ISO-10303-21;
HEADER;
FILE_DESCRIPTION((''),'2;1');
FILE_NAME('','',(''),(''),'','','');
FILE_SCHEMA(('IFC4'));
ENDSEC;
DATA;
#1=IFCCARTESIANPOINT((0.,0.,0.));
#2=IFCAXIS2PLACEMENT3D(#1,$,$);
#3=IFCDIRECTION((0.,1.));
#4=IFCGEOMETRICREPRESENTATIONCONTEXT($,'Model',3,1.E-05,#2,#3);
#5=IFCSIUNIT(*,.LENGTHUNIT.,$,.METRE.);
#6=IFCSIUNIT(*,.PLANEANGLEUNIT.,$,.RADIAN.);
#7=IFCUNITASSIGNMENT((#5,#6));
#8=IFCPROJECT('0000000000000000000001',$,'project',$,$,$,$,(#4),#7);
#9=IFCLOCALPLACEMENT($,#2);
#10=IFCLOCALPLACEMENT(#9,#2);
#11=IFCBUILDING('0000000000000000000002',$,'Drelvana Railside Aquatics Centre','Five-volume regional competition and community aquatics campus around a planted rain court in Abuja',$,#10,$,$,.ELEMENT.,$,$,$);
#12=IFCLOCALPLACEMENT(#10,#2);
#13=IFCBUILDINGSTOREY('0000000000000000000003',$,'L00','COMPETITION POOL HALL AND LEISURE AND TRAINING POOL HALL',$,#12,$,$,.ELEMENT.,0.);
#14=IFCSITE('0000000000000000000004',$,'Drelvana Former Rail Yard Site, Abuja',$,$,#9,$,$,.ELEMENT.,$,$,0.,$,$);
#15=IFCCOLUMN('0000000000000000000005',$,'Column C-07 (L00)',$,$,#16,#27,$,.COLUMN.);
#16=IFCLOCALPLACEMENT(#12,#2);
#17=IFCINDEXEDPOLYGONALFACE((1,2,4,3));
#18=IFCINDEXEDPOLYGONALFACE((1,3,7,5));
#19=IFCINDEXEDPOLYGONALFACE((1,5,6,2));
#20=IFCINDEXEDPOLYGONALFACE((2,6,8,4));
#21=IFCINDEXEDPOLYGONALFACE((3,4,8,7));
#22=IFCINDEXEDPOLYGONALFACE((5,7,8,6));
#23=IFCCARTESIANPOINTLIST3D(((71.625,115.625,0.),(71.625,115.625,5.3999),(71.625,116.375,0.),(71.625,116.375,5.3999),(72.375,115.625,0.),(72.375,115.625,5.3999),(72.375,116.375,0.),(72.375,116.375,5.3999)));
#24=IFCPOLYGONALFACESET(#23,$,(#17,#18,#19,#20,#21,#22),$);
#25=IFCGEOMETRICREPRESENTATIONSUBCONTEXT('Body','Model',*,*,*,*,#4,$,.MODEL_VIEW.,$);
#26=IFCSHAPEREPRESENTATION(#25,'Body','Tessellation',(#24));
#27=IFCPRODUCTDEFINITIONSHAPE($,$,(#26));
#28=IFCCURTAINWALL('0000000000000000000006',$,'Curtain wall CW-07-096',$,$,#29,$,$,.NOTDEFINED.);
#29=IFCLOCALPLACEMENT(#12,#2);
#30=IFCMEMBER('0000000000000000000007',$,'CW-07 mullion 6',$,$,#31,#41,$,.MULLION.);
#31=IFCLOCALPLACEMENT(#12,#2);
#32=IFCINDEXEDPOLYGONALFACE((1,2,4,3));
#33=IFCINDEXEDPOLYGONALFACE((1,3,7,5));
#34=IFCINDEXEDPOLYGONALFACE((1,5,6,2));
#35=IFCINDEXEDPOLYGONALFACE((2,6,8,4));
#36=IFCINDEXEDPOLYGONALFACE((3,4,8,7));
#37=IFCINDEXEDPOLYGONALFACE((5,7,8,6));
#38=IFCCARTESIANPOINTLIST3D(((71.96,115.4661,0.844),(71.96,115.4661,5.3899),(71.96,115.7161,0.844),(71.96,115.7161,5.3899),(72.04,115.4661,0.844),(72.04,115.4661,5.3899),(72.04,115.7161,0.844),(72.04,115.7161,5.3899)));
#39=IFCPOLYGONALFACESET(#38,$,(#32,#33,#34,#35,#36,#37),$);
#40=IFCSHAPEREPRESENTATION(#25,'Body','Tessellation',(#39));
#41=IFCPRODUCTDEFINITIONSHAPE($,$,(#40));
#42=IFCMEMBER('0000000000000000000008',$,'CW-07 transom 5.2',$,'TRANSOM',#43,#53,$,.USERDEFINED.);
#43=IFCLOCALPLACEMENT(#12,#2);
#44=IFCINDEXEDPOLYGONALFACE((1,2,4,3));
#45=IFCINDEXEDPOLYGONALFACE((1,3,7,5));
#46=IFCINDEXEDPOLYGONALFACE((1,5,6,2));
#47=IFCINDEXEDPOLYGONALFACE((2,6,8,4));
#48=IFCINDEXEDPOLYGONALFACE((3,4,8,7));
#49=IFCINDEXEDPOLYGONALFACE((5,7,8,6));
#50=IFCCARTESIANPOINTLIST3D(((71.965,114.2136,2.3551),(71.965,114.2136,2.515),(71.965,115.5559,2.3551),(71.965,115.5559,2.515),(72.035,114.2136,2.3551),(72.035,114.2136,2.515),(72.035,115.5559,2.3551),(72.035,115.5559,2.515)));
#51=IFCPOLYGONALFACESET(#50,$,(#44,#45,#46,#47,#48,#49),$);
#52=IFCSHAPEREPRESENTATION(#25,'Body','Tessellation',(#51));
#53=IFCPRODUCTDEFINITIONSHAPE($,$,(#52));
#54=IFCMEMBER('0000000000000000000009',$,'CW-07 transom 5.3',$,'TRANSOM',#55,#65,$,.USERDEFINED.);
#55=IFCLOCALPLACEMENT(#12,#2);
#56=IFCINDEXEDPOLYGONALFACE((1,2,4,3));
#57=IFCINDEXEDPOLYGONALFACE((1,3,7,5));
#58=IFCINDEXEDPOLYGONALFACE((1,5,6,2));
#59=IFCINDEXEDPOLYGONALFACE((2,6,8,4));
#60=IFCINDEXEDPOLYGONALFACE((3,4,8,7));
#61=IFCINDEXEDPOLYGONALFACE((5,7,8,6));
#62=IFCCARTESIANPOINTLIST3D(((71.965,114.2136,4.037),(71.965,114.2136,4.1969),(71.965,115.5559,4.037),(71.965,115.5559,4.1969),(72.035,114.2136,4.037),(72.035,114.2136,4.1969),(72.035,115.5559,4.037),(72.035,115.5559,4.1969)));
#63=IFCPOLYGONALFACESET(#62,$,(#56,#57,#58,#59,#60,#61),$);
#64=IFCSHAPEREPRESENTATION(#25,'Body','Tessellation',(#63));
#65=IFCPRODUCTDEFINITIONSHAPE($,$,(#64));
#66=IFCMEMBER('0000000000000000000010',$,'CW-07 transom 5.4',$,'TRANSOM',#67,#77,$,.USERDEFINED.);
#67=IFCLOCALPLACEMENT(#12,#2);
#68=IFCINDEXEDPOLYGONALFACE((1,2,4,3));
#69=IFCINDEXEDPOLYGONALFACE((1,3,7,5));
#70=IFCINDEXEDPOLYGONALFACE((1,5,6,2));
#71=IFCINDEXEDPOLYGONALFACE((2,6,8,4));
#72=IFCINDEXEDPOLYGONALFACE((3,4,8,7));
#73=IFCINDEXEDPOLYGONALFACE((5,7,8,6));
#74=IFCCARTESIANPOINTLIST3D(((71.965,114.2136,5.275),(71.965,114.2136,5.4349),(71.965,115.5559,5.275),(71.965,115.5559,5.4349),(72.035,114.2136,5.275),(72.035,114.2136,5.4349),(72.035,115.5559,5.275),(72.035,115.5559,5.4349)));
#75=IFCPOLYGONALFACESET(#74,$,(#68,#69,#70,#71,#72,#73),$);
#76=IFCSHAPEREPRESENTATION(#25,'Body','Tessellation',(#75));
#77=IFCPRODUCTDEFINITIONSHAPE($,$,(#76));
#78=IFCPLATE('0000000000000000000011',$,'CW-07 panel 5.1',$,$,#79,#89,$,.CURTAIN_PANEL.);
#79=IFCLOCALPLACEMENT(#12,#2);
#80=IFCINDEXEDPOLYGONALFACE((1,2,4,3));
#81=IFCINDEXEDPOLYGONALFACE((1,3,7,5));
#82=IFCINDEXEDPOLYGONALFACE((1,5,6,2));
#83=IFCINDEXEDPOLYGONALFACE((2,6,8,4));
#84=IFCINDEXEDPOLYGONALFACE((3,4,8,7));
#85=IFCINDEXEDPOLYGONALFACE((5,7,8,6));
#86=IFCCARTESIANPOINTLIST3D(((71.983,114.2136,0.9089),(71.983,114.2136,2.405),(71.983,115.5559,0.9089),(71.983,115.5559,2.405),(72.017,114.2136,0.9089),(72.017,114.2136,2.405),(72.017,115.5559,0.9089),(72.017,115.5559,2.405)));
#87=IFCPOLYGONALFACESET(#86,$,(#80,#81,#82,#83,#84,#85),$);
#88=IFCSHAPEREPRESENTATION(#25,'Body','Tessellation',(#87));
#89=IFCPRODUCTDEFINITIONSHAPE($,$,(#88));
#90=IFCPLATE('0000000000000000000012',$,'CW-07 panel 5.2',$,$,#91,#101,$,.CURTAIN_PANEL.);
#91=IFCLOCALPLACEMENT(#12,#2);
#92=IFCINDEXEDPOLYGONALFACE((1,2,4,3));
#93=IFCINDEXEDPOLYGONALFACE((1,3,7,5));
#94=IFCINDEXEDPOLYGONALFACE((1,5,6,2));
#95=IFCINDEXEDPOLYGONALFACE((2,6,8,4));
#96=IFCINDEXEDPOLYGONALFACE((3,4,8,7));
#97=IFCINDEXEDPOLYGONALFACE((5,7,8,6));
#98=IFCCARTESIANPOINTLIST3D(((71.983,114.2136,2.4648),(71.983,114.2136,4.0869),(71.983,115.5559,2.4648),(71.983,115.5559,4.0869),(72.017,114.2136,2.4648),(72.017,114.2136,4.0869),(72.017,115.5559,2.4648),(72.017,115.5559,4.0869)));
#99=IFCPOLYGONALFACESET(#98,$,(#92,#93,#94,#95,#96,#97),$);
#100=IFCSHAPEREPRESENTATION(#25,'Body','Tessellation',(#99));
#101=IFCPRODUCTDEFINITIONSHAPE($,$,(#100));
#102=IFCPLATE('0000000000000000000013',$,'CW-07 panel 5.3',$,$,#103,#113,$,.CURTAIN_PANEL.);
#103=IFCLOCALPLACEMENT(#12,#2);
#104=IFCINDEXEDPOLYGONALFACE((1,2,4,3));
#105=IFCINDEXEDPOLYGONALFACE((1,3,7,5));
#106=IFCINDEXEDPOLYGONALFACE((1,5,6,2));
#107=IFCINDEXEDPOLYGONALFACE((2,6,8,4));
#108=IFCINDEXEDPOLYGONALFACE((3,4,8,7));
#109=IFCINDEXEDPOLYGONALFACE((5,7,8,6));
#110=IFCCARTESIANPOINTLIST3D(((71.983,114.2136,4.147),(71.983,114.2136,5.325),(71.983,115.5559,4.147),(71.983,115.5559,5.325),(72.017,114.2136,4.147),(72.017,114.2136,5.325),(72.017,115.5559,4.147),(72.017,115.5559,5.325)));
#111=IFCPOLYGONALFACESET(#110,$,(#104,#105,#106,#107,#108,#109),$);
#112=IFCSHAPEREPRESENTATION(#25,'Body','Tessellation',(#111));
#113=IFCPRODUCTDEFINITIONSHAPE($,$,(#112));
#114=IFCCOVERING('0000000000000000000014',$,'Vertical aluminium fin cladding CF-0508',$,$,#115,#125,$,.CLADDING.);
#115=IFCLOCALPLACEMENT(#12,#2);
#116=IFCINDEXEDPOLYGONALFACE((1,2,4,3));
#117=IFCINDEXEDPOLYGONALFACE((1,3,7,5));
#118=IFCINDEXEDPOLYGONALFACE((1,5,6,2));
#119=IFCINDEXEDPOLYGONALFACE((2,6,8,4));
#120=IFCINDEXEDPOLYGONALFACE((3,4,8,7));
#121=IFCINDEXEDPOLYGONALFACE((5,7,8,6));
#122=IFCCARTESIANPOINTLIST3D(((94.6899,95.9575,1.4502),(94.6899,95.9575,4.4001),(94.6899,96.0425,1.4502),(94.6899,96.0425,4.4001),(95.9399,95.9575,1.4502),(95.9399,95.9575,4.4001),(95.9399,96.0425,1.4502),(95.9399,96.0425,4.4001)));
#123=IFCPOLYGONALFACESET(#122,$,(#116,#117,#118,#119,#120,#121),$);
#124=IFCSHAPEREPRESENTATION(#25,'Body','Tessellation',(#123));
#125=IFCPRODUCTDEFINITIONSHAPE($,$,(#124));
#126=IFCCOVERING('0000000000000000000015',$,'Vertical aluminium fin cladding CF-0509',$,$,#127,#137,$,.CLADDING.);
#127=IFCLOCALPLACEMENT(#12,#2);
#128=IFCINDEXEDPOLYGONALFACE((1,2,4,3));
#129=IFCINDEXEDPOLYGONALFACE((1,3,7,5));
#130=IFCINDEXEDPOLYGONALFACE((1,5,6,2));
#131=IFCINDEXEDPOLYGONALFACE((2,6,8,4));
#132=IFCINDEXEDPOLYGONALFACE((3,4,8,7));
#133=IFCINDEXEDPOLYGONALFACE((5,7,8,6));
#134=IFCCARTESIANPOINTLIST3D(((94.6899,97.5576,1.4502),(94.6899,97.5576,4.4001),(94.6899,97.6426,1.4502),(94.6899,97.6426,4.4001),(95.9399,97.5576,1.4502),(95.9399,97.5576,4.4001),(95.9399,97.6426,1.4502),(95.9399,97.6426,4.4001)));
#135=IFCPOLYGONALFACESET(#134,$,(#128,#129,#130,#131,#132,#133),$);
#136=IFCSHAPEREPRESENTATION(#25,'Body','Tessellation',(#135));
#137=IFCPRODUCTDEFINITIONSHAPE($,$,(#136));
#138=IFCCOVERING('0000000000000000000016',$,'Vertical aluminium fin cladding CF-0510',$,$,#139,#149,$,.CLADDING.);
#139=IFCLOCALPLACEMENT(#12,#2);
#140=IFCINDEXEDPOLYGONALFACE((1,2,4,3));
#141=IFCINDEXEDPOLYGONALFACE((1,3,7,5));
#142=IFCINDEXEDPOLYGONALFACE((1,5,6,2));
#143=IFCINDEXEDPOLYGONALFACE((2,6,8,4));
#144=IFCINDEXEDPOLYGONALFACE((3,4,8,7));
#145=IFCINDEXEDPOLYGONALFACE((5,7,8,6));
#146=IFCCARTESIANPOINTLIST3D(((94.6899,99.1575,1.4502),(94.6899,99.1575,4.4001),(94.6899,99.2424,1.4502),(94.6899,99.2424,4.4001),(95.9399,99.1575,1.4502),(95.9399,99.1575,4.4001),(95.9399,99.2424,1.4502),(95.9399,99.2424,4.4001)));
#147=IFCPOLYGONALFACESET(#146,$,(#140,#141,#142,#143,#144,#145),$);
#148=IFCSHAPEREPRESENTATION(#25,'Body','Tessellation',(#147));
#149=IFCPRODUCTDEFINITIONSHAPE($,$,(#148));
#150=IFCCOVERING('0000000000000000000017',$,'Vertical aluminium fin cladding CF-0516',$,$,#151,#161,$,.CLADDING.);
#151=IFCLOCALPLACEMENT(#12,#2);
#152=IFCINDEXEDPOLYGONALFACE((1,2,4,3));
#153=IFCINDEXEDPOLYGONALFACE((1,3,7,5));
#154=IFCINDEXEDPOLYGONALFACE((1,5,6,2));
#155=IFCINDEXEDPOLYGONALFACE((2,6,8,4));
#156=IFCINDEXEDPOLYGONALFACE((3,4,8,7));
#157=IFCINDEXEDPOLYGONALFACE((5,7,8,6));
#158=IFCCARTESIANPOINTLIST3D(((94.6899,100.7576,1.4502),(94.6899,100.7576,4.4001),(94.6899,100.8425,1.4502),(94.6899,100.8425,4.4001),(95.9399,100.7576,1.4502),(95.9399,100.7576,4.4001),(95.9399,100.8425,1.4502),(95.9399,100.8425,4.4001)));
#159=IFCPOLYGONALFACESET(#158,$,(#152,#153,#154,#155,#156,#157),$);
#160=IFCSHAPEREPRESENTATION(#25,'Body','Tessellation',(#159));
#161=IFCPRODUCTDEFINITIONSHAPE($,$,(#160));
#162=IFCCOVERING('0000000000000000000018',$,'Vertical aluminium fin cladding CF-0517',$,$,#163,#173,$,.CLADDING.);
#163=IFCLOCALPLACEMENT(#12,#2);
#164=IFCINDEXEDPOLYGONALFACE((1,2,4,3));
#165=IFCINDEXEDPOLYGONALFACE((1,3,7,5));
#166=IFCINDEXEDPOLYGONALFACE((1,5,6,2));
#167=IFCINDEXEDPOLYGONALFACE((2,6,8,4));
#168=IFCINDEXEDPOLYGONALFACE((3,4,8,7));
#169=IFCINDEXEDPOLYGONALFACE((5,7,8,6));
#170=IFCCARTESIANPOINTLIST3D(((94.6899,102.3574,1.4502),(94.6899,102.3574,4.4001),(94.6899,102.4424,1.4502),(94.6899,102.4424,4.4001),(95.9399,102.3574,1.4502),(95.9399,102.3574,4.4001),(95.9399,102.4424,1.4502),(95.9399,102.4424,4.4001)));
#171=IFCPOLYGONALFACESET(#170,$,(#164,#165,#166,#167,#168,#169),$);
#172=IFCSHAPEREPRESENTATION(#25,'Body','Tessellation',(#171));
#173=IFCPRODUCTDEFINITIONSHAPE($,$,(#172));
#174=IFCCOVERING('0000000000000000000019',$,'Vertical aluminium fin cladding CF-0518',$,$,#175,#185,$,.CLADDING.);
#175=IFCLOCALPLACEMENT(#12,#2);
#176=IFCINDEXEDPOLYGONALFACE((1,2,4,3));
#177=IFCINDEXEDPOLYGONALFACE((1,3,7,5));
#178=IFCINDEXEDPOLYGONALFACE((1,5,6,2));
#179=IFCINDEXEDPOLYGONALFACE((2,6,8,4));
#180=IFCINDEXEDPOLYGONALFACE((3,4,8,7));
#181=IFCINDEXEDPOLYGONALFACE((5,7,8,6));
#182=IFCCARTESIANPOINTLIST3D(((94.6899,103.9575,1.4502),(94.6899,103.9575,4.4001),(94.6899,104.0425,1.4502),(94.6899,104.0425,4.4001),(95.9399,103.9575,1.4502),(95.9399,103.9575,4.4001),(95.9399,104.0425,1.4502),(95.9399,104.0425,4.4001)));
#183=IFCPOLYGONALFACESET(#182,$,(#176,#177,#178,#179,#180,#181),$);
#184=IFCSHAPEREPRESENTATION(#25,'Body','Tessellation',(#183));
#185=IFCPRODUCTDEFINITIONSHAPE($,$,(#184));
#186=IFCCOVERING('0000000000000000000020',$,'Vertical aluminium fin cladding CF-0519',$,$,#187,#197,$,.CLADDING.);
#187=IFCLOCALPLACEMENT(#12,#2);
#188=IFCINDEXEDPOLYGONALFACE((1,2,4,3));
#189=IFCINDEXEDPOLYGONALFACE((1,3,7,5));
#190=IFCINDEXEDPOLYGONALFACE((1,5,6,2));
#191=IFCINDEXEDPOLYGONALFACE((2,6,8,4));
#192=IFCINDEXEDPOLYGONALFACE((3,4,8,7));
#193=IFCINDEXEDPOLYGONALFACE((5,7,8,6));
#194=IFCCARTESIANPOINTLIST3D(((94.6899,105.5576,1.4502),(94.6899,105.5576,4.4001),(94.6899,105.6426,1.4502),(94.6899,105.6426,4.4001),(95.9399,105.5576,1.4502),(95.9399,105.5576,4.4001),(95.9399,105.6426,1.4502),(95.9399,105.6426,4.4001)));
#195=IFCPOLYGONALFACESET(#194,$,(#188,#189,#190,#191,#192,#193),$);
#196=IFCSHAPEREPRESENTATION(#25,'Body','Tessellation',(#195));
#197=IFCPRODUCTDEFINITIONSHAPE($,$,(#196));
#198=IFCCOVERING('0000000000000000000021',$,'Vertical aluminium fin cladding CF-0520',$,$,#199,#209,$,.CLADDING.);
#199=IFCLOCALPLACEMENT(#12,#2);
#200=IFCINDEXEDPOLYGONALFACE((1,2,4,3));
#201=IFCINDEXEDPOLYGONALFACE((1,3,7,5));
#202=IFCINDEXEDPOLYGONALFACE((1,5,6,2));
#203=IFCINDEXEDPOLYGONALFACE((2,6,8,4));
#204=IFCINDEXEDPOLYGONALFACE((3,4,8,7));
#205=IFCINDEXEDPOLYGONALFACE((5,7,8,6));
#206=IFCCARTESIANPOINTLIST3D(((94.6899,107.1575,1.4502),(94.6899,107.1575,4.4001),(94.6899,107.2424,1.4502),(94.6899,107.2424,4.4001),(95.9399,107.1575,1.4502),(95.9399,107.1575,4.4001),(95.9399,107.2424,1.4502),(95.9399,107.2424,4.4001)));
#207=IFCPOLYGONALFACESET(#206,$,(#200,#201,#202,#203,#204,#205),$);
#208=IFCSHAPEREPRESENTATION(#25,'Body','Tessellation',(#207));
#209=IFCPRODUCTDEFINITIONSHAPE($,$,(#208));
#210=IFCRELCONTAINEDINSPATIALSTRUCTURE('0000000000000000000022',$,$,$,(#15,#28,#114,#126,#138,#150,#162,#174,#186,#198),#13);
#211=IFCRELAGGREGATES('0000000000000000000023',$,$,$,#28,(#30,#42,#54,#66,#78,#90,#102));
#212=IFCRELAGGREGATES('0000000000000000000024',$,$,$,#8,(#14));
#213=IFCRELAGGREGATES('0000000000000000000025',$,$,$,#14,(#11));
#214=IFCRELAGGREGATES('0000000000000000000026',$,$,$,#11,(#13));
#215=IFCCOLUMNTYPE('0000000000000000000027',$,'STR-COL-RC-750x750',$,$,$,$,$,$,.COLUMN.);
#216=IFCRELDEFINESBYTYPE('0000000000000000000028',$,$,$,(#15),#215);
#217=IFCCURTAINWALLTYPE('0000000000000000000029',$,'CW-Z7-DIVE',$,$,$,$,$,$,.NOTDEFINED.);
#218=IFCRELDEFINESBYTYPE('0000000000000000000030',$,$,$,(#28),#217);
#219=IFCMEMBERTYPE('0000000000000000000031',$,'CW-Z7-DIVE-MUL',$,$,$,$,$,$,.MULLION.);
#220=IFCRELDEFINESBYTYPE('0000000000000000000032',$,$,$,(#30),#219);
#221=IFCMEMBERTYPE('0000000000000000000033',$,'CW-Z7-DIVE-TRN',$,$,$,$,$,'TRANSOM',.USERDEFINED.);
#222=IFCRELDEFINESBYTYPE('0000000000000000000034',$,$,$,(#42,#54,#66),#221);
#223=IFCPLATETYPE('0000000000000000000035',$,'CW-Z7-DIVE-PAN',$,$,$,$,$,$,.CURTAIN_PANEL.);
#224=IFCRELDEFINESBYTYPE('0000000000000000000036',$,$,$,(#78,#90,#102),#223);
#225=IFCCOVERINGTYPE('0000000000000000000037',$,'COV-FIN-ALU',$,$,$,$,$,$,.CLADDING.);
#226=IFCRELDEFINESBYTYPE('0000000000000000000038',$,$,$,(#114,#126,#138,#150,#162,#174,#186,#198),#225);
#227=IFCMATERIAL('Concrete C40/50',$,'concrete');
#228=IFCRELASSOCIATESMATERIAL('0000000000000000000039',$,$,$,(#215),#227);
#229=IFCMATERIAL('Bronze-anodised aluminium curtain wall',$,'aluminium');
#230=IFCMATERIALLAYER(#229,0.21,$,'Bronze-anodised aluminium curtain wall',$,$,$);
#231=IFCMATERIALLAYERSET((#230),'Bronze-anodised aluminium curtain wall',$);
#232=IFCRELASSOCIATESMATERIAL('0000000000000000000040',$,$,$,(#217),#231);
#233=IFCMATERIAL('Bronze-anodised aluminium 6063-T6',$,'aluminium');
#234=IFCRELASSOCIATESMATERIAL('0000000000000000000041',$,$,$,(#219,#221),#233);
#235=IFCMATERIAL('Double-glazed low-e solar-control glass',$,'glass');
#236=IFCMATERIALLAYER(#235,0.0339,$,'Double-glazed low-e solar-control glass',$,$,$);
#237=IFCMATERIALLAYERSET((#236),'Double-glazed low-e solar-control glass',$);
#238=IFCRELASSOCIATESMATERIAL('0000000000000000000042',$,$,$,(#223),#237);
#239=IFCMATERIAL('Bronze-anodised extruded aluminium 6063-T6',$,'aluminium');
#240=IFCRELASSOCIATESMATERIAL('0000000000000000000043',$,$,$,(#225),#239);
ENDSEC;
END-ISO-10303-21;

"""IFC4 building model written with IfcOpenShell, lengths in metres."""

from ifc_helpers import new_model, si_unit, direction, frame, origin, origin_2d, place, context, subcontext, project, spatial, rectangle, extrude, material, layer, layer_set, material_profile, profile_set, type_object, element, aggregate, save


model = new_model("IFC4")

# Units and contexts
model_context = context("Model", 3, precision=1e-05, world=origin(), true_north=direction((0.0, 1.0)))
body_context = subcontext(model_context, "Body", "Model", "MODEL_VIEW")
ifc_project = project(units=[si_unit("LENGTHUNIT", "METRE"), si_unit("PLANEANGLEUNIT", "RADIAN")], contexts=[model_context])

# Site, building, storey
site_placement = place(None, origin())
site = spatial("IfcSite", under=ifc_project, at=site_placement, Name="Drelvana Former Rail Yard Site, Abuja", CompositionType="ELEMENT", RefElevation=0.0)
building_placement = place(site_placement, origin())
building = spatial("IfcBuilding", under=site, at=building_placement, Name="Drelvana Railside Aquatics Centre", Description="Five-volume regional competition and community aquatics campus around a planted rain court in Abuja", CompositionType="ELEMENT")
storey_placement = place(building_placement, origin())
storey = spatial("IfcBuildingStorey", under=building, at=storey_placement, Name="L00", Description="COMPETITION POOL HALL AND LEISURE AND TRAINING POOL HALL", CompositionType="ELEMENT", Elevation=0.0)

# Column
ifc_material_1 = material(Name="Concrete C40/50", Category="concrete")
ifc_material_profile_1 = material_profile(ifc_material_1, rectangle(XDim=0.75, YDim=0.75, at=origin_2d()), Name="RC 750x750")
ifc_profile_set_1 = profile_set([ifc_material_profile_1], Name="Concrete C40/50")
column_type = type_object("IfcColumnType", Name="STR-COL-RC-750x750", PredefinedType="COLUMN", material=ifc_profile_set_1)
column_placement = place(storey_placement, frame((72.0, 116.0, 0.0), z_axis=(0.0, 0.0, 1.0), x_axis=(1.0, 0.0, 0.0)))
element("IfcColumn", 1, at=column_placement, inside=storey, type_object=column_type, Name="Column C-07 (L00)", PredefinedType="COLUMN", context=body_context, shape_type="SweptSolid", body=[
    extrude(rectangle(XDim=0.75, YDim=0.75, at=origin_2d()), origin(), (0.0, 0.0, 1.0), 5.3999),
])

# Curtain wall, members, plates
ifc_material_2 = material(Name="Bronze-anodised aluminium curtain wall", Category="aluminium")
ifc_layer_1 = layer(ifc_material_2, 0.21, Name="Bronze-anodised aluminium curtain wall")
ifc_layer_set_1 = layer_set([ifc_layer_1], Name="Bronze-anodised aluminium curtain wall")
curtain_wall_type = type_object("IfcCurtainWallType", Name="CW-Z7-DIVE", PredefinedType="NOTDEFINED", material=ifc_layer_set_1)
curtain_wall_placement = place(storey_placement, origin())
curtain_wall = element("IfcCurtainWall", 2, at=curtain_wall_placement, inside=storey, type_object=curtain_wall_type, Name="Curtain wall CW-07-096", PredefinedType="NOTDEFINED")
ifc_material_3 = material(Name="Bronze-anodised aluminium 6063-T6", Category="aluminium")
ifc_material_profile_2 = material_profile(ifc_material_3, rectangle(XDim=0.0801, YDim=0.25, at=origin_2d()), Name="ALU-M 80x250")
ifc_profile_set_2 = profile_set([ifc_material_profile_2], Name="Bronze-anodised aluminium 6063-T6")
member_type_1 = type_object("IfcMemberType", Name="CW-Z7-DIVE-MUL", PredefinedType="MULLION", material=ifc_profile_set_2)
member_1_placement = place(storey_placement, frame((72.0, 115.5911, 0.844), z_axis=(0.0, 0.0, 1.0), x_axis=(-1.0, 0.0, 0.0)))
member_1 = element("IfcMember", 3, at=member_1_placement, type_object=member_type_1, Name="CW-07 mullion 6", PredefinedType="MULLION", context=body_context, shape_type="SweptSolid", body=[
    extrude(rectangle(XDim=0.0801, YDim=0.25, at=origin_2d()), origin(), (0.0, 0.0, 1.0), 4.5459),
])
ifc_material_profile_3 = material_profile(ifc_material_3, rectangle(XDim=0.1599, YDim=0.0701, at=origin_2d()), Name="ALU-T 70x160")
ifc_profile_set_3 = profile_set([ifc_material_profile_3], Name="Bronze-anodised aluminium 6063-T6")
member_type_2 = type_object("IfcMemberType", Name="CW-Z7-DIVE-TRN", ElementType="TRANSOM", PredefinedType="USERDEFINED", material=ifc_profile_set_3)
member_2_placement = place(storey_placement, frame((72.0, 114.2136, 2.4351), z_axis=(0.0, 1.0, 0.0), x_axis=(0.0, 0.0, 1.0)))
member_2 = element("IfcMember", 4, at=member_2_placement, type_object=member_type_2, Name="CW-07 transom 5.2", ObjectType="TRANSOM", PredefinedType="USERDEFINED", context=body_context, shape_type="SweptSolid", body=[
    extrude(rectangle(XDim=0.1599, YDim=0.0701, at=origin_2d()), origin(), (0.0, 0.0, 1.0), 1.3423),
])
member_3_placement = place(storey_placement, frame((72.0, 114.2136, 4.1169), z_axis=(0.0, 1.0, 0.0), x_axis=(0.0, 0.0, 1.0)))
member_3 = element("IfcMember", 5, at=member_3_placement, type_object=member_type_2, Name="CW-07 transom 5.3", ObjectType="TRANSOM", PredefinedType="USERDEFINED", context=body_context, shape_type="SweptSolid", body=[
    extrude(rectangle(XDim=0.1599, YDim=0.0701, at=origin_2d()), origin(), (0.0, 0.0, 1.0), 1.3423),
])
member_4_placement = place(storey_placement, frame((72.0, 114.2136, 5.355), z_axis=(0.0, 1.0, 0.0), x_axis=(0.0, 0.0, 1.0)))
member_4 = element("IfcMember", 6, at=member_4_placement, type_object=member_type_2, Name="CW-07 transom 5.4", ObjectType="TRANSOM", PredefinedType="USERDEFINED", context=body_context, shape_type="SweptSolid", body=[
    extrude(rectangle(XDim=0.1599, YDim=0.0701, at=origin_2d()), origin(), (0.0, 0.0, 1.0), 1.3423),
])
ifc_material_4 = material(Name="Double-glazed low-e solar-control glass", Category="glass")
ifc_layer_2 = layer(ifc_material_4, 0.0339, Name="Double-glazed low-e solar-control glass")
ifc_layer_set_2 = layer_set([ifc_layer_2], Name="Double-glazed low-e solar-control glass")
plate_type = type_object("IfcPlateType", Name="CW-Z7-DIVE-PAN", PredefinedType="CURTAIN_PANEL", material=ifc_layer_set_2)
plate_1_placement = place(storey_placement, frame((72.0, 114.8848, 0.9089), z_axis=(0.0, 0.0, 1.0), x_axis=(0.0, 1.0, 0.0)))
plate_1 = element("IfcPlate", 7, at=plate_1_placement, type_object=plate_type, Name="CW-07 panel 5.1", PredefinedType="CURTAIN_PANEL", context=body_context, shape_type="SweptSolid", body=[
    extrude(rectangle(XDim=1.3423, YDim=0.0339, at=origin_2d()), origin(), (0.0, 0.0, 1.0), 1.4961),
])
plate_2_placement = place(storey_placement, frame((72.0, 114.8848, 2.4648), z_axis=(0.0, 0.0, 1.0), x_axis=(0.0, 1.0, 0.0)))
plate_2 = element("IfcPlate", 8, at=plate_2_placement, type_object=plate_type, Name="CW-07 panel 5.2", PredefinedType="CURTAIN_PANEL", context=body_context, shape_type="SweptSolid", body=[
    extrude(rectangle(XDim=1.3423, YDim=0.0339, at=origin_2d()), origin(), (0.0, 0.0, 1.0), 1.6221),
])
plate_3_placement = place(storey_placement, frame((72.0, 114.8848, 4.147), z_axis=(0.0, 0.0, 1.0), x_axis=(0.0, 1.0, 0.0)))
plate_3 = element("IfcPlate", 9, at=plate_3_placement, type_object=plate_type, Name="CW-07 panel 5.3", PredefinedType="CURTAIN_PANEL", context=body_context, shape_type="SweptSolid", body=[
    extrude(rectangle(XDim=1.3423, YDim=0.0339, at=origin_2d()), origin(), (0.0, 0.0, 1.0), 1.178),
])
aggregate(curtain_wall, [member_1, member_2, member_3, member_4, plate_1, plate_2, plate_3])

# Coverings
ifc_material_5 = material(Name="Bronze-anodised extruded aluminium 6063-T6", Category="aluminium")
covering_type = type_object("IfcCoveringType", Name="COV-FIN-ALU", PredefinedType="CLADDING", material=ifc_material_5)
for number, where, z_axis, x_axis, name in (
    (10, (95.3149, 96.0, 1.4502), (0.0, 0.0, 1.0), (0.0, 1.0, 0.0), "Vertical aluminium fin cladding CF-0508"),
    (11, (95.3149, 97.6001, 1.4502), (0.0, 0.0, 1.0), (0.0, 1.0, 0.0), "Vertical aluminium fin cladding CF-0509"),
    (12, (95.3149, 99.2, 1.4502), (0.0, 0.0, 1.0), (0.0, 1.0, 0.0), "Vertical aluminium fin cladding CF-0510"),
    (13, (95.3149, 100.8, 1.4502), (0.0, 0.0, 1.0), (0.0, 1.0, 0.0), "Vertical aluminium fin cladding CF-0516"),
    (14, (95.3149, 102.3999, 1.4502), (0.0, 0.0, 1.0), (0.0, 1.0, 0.0), "Vertical aluminium fin cladding CF-0517"),
    (15, (95.3149, 104.0, 1.4502), (0.0, 0.0, 1.0), (0.0, 1.0, 0.0), "Vertical aluminium fin cladding CF-0518"),
    (16, (95.3149, 105.6001, 1.4502), (0.0, 0.0, 1.0), (0.0, 1.0, 0.0), "Vertical aluminium fin cladding CF-0519"),
    (17, (95.3149, 107.2, 1.4502), (0.0, 0.0, 1.0), (0.0, 1.0, 0.0), "Vertical aluminium fin cladding CF-0520"),
):
    element("IfcCovering", number, at=place(storey_placement, frame(where, z_axis=z_axis, x_axis=x_axis)), inside=storey, type_object=covering_type, Name=name, PredefinedType="CLADDING", context=body_context, shape_type="SweptSolid", body=[
        extrude(rectangle(XDim=0.085, YDim=1.25, at=origin_2d()), origin(), (0.0, 0.0, 1.0), 2.95),
    ])

save(model, "model.ifc")
